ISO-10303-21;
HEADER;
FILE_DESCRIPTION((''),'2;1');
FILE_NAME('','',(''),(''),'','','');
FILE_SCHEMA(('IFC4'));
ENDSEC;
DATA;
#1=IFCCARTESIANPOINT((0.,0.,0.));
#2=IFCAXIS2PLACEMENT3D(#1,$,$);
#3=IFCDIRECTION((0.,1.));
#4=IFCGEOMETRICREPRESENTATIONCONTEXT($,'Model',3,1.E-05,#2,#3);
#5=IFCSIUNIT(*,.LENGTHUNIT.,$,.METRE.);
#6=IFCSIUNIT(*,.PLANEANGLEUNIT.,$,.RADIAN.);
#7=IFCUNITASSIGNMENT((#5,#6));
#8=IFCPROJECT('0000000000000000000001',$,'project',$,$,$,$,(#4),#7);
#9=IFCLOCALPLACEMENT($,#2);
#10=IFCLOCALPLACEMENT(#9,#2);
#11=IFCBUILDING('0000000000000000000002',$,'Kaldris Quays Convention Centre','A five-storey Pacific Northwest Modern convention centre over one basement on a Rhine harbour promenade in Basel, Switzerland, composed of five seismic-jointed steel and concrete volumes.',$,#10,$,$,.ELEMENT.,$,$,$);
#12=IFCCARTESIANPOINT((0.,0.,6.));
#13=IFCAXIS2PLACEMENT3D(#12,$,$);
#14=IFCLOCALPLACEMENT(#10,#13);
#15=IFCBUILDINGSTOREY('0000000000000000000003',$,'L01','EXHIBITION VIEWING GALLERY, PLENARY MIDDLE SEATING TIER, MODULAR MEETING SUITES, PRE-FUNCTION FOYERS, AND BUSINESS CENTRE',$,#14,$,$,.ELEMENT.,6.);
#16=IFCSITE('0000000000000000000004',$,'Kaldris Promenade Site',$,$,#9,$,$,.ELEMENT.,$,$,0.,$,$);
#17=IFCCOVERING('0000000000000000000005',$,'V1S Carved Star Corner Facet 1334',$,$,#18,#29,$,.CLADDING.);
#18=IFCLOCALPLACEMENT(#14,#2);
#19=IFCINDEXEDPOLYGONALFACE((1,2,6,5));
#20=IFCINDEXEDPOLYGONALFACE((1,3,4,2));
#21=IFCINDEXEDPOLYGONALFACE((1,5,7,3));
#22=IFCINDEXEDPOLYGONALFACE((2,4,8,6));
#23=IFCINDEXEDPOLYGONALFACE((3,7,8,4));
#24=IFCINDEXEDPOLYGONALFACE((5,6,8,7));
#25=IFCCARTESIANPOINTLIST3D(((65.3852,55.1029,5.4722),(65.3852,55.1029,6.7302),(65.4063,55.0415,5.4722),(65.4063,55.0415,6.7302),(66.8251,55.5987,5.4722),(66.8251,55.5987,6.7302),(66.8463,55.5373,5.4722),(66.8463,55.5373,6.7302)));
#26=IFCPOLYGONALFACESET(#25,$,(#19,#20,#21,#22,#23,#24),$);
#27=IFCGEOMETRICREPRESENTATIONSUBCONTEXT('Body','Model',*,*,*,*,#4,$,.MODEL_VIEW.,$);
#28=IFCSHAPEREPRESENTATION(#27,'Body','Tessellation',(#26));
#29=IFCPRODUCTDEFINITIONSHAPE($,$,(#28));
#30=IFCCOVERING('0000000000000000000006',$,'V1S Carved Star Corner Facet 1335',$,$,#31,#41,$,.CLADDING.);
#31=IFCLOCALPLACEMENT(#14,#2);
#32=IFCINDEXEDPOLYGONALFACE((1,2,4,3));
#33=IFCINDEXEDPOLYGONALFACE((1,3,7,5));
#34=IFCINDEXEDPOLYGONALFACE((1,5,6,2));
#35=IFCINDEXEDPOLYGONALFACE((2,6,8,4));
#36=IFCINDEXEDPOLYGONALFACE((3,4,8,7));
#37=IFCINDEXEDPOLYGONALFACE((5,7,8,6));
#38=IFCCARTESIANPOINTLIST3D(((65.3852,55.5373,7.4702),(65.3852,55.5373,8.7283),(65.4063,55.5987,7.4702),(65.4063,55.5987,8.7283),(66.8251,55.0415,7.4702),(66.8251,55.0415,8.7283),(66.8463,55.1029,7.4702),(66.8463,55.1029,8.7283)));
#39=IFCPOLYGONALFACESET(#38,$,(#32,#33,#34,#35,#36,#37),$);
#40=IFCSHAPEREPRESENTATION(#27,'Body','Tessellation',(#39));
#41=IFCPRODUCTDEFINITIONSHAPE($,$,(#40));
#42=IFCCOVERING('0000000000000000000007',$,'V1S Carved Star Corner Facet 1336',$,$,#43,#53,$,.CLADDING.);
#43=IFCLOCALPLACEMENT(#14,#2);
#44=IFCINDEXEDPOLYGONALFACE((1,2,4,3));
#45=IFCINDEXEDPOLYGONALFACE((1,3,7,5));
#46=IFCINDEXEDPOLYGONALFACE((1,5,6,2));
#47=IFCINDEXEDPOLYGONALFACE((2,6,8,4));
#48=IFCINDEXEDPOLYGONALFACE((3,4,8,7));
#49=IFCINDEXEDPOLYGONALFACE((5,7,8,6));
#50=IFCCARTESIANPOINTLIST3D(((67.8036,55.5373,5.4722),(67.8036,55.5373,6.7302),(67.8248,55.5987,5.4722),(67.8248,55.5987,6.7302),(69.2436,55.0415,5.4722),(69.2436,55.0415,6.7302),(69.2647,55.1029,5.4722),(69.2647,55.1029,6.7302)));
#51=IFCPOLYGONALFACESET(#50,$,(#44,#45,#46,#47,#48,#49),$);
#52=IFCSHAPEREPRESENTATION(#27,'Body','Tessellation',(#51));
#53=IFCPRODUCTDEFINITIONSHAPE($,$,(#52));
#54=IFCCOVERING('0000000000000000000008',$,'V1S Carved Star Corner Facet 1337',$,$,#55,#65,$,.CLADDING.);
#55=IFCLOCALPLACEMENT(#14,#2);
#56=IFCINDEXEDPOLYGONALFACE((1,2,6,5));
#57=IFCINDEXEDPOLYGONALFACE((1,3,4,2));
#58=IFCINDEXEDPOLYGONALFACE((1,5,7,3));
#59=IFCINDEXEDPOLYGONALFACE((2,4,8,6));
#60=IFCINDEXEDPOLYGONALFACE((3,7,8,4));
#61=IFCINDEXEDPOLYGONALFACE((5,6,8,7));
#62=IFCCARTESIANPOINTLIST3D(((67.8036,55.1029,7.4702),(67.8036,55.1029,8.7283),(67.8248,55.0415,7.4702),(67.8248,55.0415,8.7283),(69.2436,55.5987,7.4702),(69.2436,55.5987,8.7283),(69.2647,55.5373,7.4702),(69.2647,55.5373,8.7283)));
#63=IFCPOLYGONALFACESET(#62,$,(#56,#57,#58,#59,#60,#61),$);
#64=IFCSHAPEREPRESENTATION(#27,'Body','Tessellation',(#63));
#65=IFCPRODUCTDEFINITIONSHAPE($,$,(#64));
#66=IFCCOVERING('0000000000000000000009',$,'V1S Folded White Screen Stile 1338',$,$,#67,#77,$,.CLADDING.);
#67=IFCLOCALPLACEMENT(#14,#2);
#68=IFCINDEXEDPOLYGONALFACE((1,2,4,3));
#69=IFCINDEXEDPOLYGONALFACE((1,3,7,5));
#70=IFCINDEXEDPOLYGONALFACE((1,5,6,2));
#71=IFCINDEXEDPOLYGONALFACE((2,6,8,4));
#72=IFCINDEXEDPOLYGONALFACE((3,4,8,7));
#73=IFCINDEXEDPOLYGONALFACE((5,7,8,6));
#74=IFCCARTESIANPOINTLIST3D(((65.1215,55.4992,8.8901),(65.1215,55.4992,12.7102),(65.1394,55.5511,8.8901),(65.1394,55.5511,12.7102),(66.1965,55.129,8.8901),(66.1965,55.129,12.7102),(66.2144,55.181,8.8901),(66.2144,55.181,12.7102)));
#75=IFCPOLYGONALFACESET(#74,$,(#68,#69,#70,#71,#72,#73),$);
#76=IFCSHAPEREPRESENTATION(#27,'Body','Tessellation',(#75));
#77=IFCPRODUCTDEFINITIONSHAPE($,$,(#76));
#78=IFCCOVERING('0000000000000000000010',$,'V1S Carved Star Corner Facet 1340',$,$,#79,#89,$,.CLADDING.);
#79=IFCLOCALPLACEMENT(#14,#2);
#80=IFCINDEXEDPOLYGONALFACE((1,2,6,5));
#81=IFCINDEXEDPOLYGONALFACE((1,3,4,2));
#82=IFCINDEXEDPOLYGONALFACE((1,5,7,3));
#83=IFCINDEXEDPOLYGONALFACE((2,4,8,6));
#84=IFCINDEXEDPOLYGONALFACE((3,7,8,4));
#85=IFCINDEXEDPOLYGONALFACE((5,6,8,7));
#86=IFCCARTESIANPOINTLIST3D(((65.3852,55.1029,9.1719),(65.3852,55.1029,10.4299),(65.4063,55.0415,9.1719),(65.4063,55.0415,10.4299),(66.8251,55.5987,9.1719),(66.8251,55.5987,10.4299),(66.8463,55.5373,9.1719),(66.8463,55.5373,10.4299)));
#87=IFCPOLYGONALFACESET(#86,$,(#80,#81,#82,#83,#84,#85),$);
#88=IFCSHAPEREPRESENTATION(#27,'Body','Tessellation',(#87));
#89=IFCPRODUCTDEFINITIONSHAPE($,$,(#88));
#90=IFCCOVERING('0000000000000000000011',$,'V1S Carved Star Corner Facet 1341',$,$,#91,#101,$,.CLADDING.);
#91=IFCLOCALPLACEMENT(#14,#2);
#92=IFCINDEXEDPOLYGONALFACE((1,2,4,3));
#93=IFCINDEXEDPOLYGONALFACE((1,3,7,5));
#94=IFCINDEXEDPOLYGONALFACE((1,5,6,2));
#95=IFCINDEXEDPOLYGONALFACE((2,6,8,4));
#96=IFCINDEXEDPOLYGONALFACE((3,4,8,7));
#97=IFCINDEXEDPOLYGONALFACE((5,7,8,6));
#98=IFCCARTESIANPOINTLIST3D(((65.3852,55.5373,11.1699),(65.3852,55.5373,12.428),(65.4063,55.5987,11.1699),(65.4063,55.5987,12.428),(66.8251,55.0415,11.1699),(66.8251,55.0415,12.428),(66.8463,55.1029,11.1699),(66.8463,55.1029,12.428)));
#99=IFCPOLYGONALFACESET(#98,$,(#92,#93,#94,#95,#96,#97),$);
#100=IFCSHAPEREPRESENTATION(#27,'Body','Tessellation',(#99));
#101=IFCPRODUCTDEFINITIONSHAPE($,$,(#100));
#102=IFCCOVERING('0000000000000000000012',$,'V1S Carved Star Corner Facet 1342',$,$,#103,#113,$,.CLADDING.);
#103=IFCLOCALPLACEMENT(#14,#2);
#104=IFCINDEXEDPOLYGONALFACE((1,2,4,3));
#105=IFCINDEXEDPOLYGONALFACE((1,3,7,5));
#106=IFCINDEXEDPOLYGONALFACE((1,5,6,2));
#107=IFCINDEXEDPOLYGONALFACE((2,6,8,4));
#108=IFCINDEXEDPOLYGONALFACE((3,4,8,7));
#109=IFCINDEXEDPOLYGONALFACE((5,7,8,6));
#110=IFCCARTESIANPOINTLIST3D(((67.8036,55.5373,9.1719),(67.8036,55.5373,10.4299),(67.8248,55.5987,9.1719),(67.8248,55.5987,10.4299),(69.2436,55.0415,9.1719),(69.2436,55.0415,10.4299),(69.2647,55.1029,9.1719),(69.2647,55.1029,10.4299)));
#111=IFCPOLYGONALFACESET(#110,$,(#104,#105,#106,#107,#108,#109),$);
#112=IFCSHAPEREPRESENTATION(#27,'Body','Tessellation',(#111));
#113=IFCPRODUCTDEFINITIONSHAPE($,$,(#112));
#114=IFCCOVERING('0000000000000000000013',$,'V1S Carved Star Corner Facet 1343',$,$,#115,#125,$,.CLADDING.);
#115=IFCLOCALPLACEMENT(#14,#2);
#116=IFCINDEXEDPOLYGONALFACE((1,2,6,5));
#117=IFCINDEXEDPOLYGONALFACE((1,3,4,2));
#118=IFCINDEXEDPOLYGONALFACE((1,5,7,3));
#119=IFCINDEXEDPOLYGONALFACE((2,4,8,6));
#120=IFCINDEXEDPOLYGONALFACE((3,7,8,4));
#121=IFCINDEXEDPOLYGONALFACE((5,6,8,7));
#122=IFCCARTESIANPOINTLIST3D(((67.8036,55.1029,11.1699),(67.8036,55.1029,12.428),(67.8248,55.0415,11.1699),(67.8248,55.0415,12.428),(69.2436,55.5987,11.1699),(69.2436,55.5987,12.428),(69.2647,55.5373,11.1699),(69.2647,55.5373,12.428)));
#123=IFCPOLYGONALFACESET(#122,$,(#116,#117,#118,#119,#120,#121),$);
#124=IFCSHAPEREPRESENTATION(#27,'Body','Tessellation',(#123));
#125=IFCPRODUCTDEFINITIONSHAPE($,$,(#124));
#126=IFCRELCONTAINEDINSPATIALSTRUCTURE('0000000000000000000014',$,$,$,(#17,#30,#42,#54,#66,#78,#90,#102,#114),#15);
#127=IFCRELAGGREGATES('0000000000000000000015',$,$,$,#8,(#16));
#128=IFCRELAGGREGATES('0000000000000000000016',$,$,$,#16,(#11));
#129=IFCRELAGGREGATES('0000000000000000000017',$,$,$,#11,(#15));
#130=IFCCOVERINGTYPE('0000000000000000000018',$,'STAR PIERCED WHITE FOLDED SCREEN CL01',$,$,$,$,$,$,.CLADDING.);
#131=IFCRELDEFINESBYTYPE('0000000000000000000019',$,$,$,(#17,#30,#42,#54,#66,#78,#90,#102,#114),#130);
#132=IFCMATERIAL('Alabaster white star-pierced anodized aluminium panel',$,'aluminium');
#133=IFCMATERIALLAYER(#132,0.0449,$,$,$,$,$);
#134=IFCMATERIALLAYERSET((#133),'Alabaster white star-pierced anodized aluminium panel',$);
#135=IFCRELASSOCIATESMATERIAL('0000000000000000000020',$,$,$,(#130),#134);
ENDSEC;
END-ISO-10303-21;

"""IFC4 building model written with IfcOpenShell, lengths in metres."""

from ifc_helpers import new_model, si_unit, direction, frame, origin, origin_2d, place, context, subcontext, project, spatial, rectangle, extrude, material, layer, layer_set, type_object, element, save


model = new_model("IFC4")

# Units and contexts
model_context = context("Model", 3, precision=1e-05, world=origin(), true_north=direction((0.0, 1.0)))
body_context = subcontext(model_context, "Body", "Model", "MODEL_VIEW")
ifc_project = project(units=[si_unit("LENGTHUNIT", "METRE"), si_unit("PLANEANGLEUNIT", "RADIAN")], contexts=[model_context])

# Site, building, storey
site_placement = place(None, origin())
site = spatial("IfcSite", under=ifc_project, at=site_placement, Name="Kaldris Promenade Site", CompositionType="ELEMENT", RefElevation=0.0)
building_placement = place(site_placement, origin())
building = spatial("IfcBuilding", under=site, at=building_placement, Name="Kaldris Quays Convention Centre", Description="A five-storey Pacific Northwest Modern convention centre over one basement on a Rhine harbour promenade in Basel, Switzerland, composed of five seismic-jointed steel and concrete volumes.", CompositionType="ELEMENT")
storey_placement = place(building_placement, frame((0.0, 0.0, 6.0)))
storey = spatial("IfcBuildingStorey", under=building, at=storey_placement, Name="L01", Description="EXHIBITION VIEWING GALLERY, PLENARY MIDDLE SEATING TIER, MODULAR MEETING SUITES, PRE-FUNCTION FOYERS, AND BUSINESS CENTRE", CompositionType="ELEMENT", Elevation=6.0)

# Coverings
ifc_material = material(Name="Alabaster white star-pierced anodized aluminium panel", Category="aluminium")
ifc_layer = layer(ifc_material, 0.0449)
ifc_layer_set = layer_set([ifc_layer], Name="Alabaster white star-pierced anodized aluminium panel")
covering_type = type_object("IfcCoveringType", Name="STAR PIERCED WHITE FOLDED SCREEN CL01", PredefinedType="CLADDING", material=ifc_layer_set)
for number, where, z_axis, x_axis, name in (
    (1, (66.1157, 55.3201, 5.4722), (0.0, 0.0, 1.0), (0.945519, 0.325568, 0.0), "V1S Carved Star Corner Facet 1334"),
    (2, (66.1157, 55.3201, 7.4702), (0.0, 0.0, 1.0), (0.945519, -0.325568, 0.0), "V1S Carved Star Corner Facet 1335"),
    (3, (68.5342, 55.3201, 5.4722), (0.0, 0.0, 1.0), (0.945519, -0.325568, 0.0), "V1S Carved Star Corner Facet 1336"),
    (4, (68.5342, 55.3201, 7.4702), (0.0, 0.0, 1.0), (0.945519, 0.325568, 0.0), "V1S Carved Star Corner Facet 1337"),
):
    element("IfcCovering", number, at=place(storey_placement, frame(where, z_axis=z_axis, x_axis=x_axis)), inside=storey, type_object=covering_type, Name=name, PredefinedType="CLADDING", context=body_context, shape_type="SweptSolid", body=[
        extrude(rectangle(XDim=1.5229, YDim=0.0649, at=origin_2d()), origin(), (0.0, 0.0, 1.0), 1.2581),
    ])
covering_1_placement = place(storey_placement, frame((65.668, 55.3401, 8.8901), z_axis=(0.0, 0.0, 1.0), x_axis=(0.945519, -0.325568, 0.0)))
element("IfcCovering", 5, at=covering_1_placement, inside=storey, type_object=covering_type, Name="V1S Folded White Screen Stile 1338", PredefinedType="CLADDING", context=body_context, shape_type="SweptSolid", body=[
    extrude(rectangle(XDim=1.137, YDim=0.0549, at=origin_2d()), origin(), (0.0, 0.0, 1.0), 3.8201),
])
for number, where, z_axis, x_axis, name in (
    (6, (66.1157, 55.3201, 9.1719), (0.0, 0.0, 1.0), (0.945519, 0.325568, 0.0), "V1S Carved Star Corner Facet 1340"),
    (7, (66.1157, 55.3201, 11.1699), (0.0, 0.0, 1.0), (0.945519, -0.325568, 0.0), "V1S Carved Star Corner Facet 1341"),
    (8, (68.5342, 55.3201, 9.1719), (0.0, 0.0, 1.0), (0.945519, -0.325568, 0.0), "V1S Carved Star Corner Facet 1342"),
    (9, (68.5342, 55.3201, 11.1699), (0.0, 0.0, 1.0), (0.945519, 0.325568, 0.0), "V1S Carved Star Corner Facet 1343"),
):
    element("IfcCovering", number, at=place(storey_placement, frame(where, z_axis=z_axis, x_axis=x_axis)), inside=storey, type_object=covering_type, Name=name, PredefinedType="CLADDING", context=body_context, shape_type="SweptSolid", body=[
        extrude(rectangle(XDim=1.5229, YDim=0.0649, at=origin_2d()), origin(), (0.0, 0.0, 1.0), 1.2581),
    ])

save(model, "model.ifc")
